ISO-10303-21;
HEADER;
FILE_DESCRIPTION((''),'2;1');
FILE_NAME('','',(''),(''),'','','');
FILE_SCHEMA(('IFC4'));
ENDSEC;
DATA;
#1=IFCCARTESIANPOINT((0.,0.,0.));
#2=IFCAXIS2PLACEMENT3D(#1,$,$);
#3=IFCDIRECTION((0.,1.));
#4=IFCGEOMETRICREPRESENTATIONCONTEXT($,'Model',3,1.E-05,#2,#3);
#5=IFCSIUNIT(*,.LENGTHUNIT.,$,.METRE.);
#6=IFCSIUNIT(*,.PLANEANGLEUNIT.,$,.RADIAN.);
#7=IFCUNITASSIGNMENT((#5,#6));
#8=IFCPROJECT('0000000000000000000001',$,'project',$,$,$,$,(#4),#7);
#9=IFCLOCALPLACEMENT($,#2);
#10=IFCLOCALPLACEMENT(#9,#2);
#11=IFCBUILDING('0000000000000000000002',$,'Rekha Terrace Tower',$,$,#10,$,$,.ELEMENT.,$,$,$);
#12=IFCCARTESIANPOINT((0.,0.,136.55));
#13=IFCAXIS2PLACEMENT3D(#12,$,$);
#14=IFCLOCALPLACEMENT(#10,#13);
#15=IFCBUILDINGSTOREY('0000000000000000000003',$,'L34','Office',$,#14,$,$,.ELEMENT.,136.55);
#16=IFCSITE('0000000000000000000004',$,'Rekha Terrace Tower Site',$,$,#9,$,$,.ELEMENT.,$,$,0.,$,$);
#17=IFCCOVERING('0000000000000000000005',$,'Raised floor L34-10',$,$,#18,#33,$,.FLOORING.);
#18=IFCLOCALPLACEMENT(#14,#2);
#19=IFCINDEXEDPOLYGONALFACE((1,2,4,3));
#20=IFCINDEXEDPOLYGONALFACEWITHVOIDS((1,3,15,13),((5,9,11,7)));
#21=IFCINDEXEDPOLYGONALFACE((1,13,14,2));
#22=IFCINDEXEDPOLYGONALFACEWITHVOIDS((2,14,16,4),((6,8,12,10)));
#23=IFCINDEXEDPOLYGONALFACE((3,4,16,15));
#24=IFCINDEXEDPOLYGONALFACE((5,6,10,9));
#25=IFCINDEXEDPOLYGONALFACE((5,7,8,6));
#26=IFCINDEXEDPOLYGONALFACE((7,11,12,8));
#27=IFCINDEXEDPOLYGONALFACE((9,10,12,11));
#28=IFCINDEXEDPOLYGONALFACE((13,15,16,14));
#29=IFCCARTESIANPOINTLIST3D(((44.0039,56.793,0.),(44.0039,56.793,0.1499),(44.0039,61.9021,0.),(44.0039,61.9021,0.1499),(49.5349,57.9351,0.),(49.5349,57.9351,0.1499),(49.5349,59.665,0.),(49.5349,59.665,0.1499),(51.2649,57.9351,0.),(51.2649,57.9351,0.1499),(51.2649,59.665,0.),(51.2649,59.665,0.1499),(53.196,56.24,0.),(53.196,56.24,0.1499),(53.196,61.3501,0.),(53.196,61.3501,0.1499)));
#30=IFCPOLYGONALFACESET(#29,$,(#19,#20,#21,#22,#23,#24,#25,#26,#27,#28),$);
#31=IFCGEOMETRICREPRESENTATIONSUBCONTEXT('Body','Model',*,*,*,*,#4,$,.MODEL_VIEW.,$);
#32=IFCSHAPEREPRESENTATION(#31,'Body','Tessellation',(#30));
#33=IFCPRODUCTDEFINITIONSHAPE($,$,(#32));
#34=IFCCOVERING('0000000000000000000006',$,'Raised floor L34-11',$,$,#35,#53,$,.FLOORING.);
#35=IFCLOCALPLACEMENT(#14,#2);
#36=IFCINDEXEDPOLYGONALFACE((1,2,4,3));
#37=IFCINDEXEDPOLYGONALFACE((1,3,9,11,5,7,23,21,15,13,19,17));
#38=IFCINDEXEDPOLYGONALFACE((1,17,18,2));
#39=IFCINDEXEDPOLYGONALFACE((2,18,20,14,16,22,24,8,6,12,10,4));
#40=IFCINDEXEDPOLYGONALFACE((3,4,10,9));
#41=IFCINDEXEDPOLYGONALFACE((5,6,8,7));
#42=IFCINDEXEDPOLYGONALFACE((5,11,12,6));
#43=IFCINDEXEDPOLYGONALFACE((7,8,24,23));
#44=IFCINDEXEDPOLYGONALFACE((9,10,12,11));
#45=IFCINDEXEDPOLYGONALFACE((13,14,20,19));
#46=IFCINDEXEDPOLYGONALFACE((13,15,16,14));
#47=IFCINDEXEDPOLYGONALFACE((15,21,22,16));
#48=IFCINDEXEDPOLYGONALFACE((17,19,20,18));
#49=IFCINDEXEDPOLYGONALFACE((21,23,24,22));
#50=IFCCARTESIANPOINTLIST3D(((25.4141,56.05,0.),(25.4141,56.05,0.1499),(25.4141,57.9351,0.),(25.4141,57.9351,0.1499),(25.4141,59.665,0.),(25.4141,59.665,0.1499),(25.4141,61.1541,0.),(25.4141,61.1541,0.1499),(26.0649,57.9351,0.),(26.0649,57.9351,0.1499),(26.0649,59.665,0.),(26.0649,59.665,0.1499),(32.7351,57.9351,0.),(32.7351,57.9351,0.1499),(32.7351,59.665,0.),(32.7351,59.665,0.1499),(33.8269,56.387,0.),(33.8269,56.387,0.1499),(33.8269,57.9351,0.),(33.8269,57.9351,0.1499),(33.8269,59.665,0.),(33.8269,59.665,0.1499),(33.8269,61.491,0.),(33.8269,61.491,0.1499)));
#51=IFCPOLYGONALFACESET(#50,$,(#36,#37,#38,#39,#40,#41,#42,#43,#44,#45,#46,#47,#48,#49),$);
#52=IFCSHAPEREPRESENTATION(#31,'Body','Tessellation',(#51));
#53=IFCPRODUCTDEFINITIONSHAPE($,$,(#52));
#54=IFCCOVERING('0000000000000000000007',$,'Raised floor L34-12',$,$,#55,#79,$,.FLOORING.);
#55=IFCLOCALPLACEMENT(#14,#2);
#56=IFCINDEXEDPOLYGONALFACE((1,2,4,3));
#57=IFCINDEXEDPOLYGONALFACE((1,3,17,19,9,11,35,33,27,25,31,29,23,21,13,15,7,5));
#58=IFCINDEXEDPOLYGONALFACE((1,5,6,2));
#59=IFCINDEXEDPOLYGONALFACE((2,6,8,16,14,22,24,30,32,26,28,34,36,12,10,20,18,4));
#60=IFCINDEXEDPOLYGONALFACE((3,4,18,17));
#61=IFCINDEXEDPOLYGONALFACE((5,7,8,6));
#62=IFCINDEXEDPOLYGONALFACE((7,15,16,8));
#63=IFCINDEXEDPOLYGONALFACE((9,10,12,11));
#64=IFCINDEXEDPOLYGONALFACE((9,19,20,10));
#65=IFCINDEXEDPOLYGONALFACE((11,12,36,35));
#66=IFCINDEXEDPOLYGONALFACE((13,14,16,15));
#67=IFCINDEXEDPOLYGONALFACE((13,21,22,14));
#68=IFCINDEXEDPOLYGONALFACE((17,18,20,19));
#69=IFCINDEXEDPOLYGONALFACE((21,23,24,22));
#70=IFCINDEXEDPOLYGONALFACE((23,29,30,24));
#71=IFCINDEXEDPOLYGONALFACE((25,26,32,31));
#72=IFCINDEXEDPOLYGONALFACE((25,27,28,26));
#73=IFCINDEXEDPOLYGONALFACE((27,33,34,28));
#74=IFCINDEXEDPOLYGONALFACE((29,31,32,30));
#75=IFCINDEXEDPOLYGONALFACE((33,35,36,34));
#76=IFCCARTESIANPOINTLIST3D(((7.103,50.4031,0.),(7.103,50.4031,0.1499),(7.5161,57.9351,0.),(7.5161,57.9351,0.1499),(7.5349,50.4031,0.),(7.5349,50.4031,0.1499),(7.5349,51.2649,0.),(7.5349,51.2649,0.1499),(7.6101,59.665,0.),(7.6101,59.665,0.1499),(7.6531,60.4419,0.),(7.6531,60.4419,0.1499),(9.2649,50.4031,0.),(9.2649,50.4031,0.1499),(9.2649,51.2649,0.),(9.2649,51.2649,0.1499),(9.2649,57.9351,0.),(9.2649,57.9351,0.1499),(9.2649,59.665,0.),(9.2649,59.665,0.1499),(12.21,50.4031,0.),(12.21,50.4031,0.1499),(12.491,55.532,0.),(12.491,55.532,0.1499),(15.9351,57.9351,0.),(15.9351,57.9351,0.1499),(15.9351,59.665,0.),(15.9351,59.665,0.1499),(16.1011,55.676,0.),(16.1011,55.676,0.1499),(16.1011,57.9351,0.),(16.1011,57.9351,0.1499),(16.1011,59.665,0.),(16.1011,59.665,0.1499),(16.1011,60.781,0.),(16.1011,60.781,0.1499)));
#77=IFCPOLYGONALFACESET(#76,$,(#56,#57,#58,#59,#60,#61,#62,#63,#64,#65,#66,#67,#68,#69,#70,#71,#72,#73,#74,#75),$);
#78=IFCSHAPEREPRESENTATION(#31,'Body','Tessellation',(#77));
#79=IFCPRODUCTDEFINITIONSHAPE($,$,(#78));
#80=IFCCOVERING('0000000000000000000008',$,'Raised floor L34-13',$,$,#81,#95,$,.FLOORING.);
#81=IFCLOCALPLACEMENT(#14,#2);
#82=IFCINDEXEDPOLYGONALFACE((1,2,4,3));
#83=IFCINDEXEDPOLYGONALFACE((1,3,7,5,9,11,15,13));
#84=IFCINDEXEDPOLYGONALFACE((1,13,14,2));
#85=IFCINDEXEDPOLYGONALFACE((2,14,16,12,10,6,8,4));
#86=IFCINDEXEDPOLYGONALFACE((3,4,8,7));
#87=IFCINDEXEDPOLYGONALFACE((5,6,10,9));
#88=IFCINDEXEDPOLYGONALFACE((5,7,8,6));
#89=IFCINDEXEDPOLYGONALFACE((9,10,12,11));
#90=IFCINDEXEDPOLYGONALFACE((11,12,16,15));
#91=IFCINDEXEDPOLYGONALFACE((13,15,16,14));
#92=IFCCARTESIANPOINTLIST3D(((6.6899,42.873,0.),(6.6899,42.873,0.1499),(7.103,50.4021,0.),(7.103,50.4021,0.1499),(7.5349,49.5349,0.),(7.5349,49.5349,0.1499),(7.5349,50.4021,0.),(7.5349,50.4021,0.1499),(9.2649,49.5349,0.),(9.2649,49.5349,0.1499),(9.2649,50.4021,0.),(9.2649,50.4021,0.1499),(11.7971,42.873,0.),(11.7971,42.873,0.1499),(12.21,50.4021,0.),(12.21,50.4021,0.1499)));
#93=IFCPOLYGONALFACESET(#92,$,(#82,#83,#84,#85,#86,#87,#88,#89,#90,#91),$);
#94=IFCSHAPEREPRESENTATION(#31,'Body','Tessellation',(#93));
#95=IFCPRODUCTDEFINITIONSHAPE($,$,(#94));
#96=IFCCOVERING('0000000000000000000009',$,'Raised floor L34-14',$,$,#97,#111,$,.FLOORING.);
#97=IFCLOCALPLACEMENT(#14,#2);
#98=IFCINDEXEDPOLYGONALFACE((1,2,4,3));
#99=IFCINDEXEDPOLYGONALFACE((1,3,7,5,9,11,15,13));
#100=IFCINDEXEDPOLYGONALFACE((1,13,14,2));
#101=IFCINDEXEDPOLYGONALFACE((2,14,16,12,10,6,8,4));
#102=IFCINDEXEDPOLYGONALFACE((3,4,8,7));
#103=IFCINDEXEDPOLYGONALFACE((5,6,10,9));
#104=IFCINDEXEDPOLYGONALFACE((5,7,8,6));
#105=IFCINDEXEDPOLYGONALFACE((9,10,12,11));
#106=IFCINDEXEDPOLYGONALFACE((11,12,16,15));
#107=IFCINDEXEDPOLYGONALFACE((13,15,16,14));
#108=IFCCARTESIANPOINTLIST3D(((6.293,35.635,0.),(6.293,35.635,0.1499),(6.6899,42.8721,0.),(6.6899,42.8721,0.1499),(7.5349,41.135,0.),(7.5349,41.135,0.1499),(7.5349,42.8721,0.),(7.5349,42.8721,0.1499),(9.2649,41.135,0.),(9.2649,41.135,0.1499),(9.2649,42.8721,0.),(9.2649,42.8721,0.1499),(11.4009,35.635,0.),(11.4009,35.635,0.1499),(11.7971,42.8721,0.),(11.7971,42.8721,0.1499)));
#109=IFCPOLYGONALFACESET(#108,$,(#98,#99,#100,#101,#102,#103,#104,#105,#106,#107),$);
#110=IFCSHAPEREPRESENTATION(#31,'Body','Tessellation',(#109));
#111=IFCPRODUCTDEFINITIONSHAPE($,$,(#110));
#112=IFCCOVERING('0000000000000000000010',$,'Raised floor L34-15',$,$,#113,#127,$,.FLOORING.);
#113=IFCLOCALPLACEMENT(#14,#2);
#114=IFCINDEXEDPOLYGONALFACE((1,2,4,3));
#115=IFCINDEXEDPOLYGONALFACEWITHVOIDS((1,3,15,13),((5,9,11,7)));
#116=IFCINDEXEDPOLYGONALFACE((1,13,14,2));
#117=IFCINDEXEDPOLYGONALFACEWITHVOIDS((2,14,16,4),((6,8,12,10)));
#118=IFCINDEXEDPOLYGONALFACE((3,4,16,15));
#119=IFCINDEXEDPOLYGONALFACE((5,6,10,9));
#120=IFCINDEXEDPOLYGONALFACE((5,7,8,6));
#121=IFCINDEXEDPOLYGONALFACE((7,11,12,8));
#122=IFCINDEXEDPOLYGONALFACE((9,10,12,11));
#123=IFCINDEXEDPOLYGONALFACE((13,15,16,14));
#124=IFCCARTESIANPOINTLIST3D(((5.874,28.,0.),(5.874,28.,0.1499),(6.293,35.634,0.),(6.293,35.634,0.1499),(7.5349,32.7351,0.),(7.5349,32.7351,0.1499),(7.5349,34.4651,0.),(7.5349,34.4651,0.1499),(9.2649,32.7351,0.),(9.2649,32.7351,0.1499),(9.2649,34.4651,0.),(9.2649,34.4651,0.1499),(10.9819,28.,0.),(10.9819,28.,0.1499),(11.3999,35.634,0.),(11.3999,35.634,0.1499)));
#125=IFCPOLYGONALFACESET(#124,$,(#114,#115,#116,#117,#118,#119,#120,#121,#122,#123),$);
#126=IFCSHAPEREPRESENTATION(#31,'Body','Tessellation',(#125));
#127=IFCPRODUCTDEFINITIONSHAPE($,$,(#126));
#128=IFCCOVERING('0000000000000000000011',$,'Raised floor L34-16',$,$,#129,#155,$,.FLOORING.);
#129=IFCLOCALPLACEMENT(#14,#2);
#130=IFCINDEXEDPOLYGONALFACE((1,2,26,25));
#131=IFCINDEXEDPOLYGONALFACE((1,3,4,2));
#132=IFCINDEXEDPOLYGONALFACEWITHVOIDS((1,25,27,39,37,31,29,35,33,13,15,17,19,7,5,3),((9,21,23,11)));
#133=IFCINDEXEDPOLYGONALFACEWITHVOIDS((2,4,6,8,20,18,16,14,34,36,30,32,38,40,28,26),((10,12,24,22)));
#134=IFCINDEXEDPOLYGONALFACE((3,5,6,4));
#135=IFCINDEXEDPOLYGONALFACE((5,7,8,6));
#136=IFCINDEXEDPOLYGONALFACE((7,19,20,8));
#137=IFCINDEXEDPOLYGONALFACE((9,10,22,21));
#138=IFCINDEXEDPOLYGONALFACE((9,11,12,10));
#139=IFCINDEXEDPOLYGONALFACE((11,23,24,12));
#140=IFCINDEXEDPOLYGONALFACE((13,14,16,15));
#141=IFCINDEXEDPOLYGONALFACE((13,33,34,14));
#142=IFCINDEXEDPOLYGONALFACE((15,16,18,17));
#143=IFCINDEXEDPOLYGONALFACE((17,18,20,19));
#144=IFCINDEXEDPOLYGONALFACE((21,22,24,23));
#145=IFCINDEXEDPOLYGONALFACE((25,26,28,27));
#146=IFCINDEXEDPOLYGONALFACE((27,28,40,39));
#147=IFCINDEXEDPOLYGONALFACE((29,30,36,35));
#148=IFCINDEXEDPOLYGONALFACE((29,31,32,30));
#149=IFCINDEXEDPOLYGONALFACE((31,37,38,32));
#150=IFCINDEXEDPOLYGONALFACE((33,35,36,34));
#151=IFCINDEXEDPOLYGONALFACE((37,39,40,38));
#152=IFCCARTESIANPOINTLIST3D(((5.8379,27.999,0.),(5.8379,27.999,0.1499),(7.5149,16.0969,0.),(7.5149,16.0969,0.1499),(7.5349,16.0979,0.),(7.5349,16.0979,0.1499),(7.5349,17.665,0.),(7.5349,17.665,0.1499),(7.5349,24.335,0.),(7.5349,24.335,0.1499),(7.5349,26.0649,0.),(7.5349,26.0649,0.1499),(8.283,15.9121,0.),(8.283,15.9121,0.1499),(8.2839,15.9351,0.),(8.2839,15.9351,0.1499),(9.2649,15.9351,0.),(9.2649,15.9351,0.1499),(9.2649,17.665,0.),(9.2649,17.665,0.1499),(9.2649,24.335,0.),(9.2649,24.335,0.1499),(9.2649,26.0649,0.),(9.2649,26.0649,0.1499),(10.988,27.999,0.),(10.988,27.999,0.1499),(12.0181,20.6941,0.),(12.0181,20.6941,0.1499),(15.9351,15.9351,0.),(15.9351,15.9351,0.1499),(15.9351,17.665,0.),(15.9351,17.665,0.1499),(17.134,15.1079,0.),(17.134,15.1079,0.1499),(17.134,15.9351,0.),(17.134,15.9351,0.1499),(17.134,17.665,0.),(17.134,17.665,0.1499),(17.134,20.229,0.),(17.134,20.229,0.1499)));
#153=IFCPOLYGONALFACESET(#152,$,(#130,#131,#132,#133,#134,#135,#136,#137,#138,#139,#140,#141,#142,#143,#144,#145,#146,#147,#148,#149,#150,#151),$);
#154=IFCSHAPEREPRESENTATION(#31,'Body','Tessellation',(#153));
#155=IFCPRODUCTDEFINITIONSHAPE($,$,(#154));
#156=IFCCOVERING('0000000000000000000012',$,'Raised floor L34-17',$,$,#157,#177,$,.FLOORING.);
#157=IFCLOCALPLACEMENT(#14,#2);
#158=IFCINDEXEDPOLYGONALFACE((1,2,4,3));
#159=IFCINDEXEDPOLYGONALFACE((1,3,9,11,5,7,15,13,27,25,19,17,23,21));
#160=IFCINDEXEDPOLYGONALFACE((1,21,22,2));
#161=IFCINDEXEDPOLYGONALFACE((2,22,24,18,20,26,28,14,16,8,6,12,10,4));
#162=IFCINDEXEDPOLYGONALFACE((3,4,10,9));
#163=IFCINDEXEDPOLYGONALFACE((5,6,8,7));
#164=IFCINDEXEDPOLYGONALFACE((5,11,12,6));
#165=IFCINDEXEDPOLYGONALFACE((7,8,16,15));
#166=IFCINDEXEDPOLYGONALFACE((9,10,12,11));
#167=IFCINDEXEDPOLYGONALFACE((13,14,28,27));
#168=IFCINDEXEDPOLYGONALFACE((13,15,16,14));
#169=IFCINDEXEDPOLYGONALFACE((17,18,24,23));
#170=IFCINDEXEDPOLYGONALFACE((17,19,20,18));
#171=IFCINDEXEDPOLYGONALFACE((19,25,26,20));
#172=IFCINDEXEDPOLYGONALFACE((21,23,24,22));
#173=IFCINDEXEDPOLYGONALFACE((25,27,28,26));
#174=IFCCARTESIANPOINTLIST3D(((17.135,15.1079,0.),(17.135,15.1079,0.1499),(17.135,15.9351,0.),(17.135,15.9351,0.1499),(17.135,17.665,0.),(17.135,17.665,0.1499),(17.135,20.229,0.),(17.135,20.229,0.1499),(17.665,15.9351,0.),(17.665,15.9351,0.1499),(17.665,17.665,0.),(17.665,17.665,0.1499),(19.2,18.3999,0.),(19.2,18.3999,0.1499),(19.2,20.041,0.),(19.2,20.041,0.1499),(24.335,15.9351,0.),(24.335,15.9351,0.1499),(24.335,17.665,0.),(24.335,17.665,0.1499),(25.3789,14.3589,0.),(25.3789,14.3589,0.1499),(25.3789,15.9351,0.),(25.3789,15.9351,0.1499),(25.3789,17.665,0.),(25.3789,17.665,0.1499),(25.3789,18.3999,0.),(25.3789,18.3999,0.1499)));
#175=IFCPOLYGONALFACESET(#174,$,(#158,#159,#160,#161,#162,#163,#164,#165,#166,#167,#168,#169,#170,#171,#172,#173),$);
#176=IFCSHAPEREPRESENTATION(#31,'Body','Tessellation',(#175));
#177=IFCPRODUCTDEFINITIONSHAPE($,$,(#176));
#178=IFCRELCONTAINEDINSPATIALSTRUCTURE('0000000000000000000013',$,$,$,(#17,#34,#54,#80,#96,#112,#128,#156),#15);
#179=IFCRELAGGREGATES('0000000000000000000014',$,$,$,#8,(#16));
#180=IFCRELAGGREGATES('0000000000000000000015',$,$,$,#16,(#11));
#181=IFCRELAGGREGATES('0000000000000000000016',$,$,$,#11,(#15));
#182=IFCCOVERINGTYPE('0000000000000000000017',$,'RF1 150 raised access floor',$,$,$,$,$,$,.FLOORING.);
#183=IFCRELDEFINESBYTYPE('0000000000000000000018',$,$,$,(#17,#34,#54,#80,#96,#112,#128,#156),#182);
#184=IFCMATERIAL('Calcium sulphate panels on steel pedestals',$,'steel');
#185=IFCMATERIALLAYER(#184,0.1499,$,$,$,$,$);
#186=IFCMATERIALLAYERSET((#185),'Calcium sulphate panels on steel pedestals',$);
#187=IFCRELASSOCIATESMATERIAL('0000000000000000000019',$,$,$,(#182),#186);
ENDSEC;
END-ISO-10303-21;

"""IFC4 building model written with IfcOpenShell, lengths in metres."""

from ifc_helpers import new_model, si_unit, direction, frame, origin, place, context, subcontext, project, spatial, polyline, outline, extrude, material, layer, layer_set, type_object, element, save


model = new_model("IFC4")

# Units and contexts
model_context = context("Model", 3, precision=1e-05, world=origin(), true_north=direction((0.0, 1.0)))
body_context = subcontext(model_context, "Body", "Model", "MODEL_VIEW")
ifc_project = project(units=[si_unit("LENGTHUNIT", "METRE"), si_unit("PLANEANGLEUNIT", "RADIAN")], contexts=[model_context])

# Site, building, storey
site_placement = place(None, origin())
site = spatial("IfcSite", under=ifc_project, at=site_placement, Name="Rekha Terrace Tower Site", CompositionType="ELEMENT", RefElevation=0.0)
building_placement = place(site_placement, origin())
building = spatial("IfcBuilding", under=site, at=building_placement, Name="Rekha Terrace Tower", CompositionType="ELEMENT")
storey_placement = place(building_placement, frame((0.0, 0.0, 136.55)))
storey = spatial("IfcBuildingStorey", under=building, at=storey_placement, Name="L34", Description="Office", CompositionType="ELEMENT", Elevation=136.55)

# Coverings
ifc_material_1 = material(Name="Calcium sulphate panels on steel pedestals", Category="steel")
ifc_layer_1 = layer(ifc_material_1, 0.1499)
ifc_layer_set_1 = layer_set([ifc_layer_1], Name="Calcium sulphate panels on steel pedestals")
covering_type_1 = type_object("IfcCoveringType", Name="RF1 150 raised access floor", PredefinedType="FLOORING", material=ifc_layer_set_1)
covering_1_placement = place(storey_placement, origin())
element("IfcCovering", 1, at=covering_1_placement, inside=storey, type_object=covering_type_1, Name="Raised floor L34-10", PredefinedType="FLOORING", context=body_context, shape_type="SweptSolid", body=[
    extrude(outline(polyline([(44.0039, 56.793), (53.196, 56.24), (53.196, 61.3501), (44.0039, 61.9021), (44.0039, 56.793)]), holes=[polyline([(51.2649, 57.9351), (49.5349, 57.9351), (49.5349, 59.665), (51.2649, 59.665), (51.2649, 57.9351)])]), origin(), (0.0, 0.0, 1.0), 0.1499),
])
covering_2_placement = place(storey_placement, origin())
element("IfcCovering", 2, at=covering_2_placement, inside=storey, type_object=covering_type_1, Name="Raised floor L34-11", PredefinedType="FLOORING", context=body_context, shape_type="SweptSolid", body=[
    extrude(outline(polyline([(25.4141, 57.9351), (25.4141, 56.05), (33.8269, 56.387), (33.8269, 57.9351), (32.7351, 57.9351), (32.7351, 59.665), (33.8269, 59.665), (33.8269, 61.491), (25.4141, 61.1541), (25.4141, 59.665), (26.0649, 59.665), (26.0649, 57.9351), (25.4141, 57.9351)])), origin(), (0.0, 0.0, 1.0), 0.1499),
])
covering_3_placement = place(storey_placement, origin())
element("IfcCovering", 3, at=covering_3_placement, inside=storey, type_object=covering_type_1, Name="Raised floor L34-12", PredefinedType="FLOORING", context=body_context, shape_type="SweptSolid", body=[
    extrude(outline(polyline([(9.2649, 57.9351), (7.5161, 57.9351), (7.103, 50.4031), (7.5349, 50.4031), (7.5349, 51.2649), (9.2649, 51.2649), (9.2649, 50.4031), (12.21, 50.4031), (12.491, 55.532), (16.1011, 55.676), (16.1011, 57.9351), (15.9351, 57.9351), (15.9351, 59.665), (16.1011, 59.665), (16.1011, 60.781), (7.6531, 60.4419), (7.6101, 59.665), (9.2649, 59.665), (9.2649, 57.9351)])), origin(), (0.0, 0.0, 1.0), 0.1499),
])
covering_4_placement = place(storey_placement, origin())
element("IfcCovering", 4, at=covering_4_placement, inside=storey, type_object=covering_type_1, Name="Raised floor L34-13", PredefinedType="FLOORING", context=body_context, shape_type="SweptSolid", body=[
    extrude(outline(polyline([(6.6899, 42.873), (11.7971, 42.873), (12.21, 50.4021), (9.2649, 50.4021), (9.2649, 49.5349), (7.5349, 49.5349), (7.5349, 50.4021), (7.103, 50.4021), (6.6899, 42.873)])), origin(), (0.0, 0.0, 1.0), 0.1499),
])
covering_5_placement = place(storey_placement, origin())
element("IfcCovering", 5, at=covering_5_placement, inside=storey, type_object=covering_type_1, Name="Raised floor L34-14", PredefinedType="FLOORING", context=body_context, shape_type="SweptSolid", body=[
    extrude(outline(polyline([(9.2649, 41.135), (7.5349, 41.135), (7.5349, 42.8721), (6.6899, 42.8721), (6.293, 35.635), (11.4009, 35.635), (11.7971, 42.8721), (9.2649, 42.8721), (9.2649, 41.135)])), origin(), (0.0, 0.0, 1.0), 0.1499),
])
covering_6_placement = place(storey_placement, origin())
element("IfcCovering", 6, at=covering_6_placement, inside=storey, type_object=covering_type_1, Name="Raised floor L34-15", PredefinedType="FLOORING", context=body_context, shape_type="SweptSolid", body=[
    extrude(outline(polyline([(5.874, 28.0), (10.9819, 28.0), (11.3999, 35.634), (6.293, 35.634), (5.874, 28.0)]), holes=[polyline([(9.2649, 32.7351), (7.5349, 32.7351), (7.5349, 34.4651), (9.2649, 34.4651), (9.2649, 32.7351)])]), origin(), (0.0, 0.0, 1.0), 0.1499),
])
covering_7_placement = place(storey_placement, origin())
element("IfcCovering", 7, at=covering_7_placement, inside=storey, type_object=covering_type_1, Name="Raised floor L34-16", PredefinedType="FLOORING", context=body_context, shape_type="SweptSolid", body=[
    extrude(outline(polyline([(7.5149, 16.0969), (7.5349, 16.0979), (7.5349, 17.665), (9.2649, 17.665), (9.2649, 15.9351), (8.2839, 15.9351), (8.283, 15.9121), (17.134, 15.1079), (17.134, 15.9351), (15.9351, 15.9351), (15.9351, 17.665), (17.134, 17.665), (17.134, 20.229), (12.0181, 20.6941), (10.988, 27.999), (5.8379, 27.999), (7.5149, 16.0969)]), holes=[polyline([(9.2649, 24.335), (7.5349, 24.335), (7.5349, 26.0649), (9.2649, 26.0649), (9.2649, 24.335)])]), origin(), (0.0, 0.0, 1.0), 0.1499),
])
covering_8_placement = place(storey_placement, origin())
element("IfcCovering", 8, at=covering_8_placement, inside=storey, type_object=covering_type_1, Name="Raised floor L34-17", PredefinedType="FLOORING", context=body_context, shape_type="SweptSolid", body=[
    extrude(outline(polyline([(25.3789, 17.665), (25.3789, 18.3999), (19.2, 18.3999), (19.2, 20.041), (17.135, 20.229), (17.135, 17.665), (17.665, 17.665), (17.665, 15.9351), (17.135, 15.9351), (17.135, 15.1079), (25.3789, 14.3589), (25.3789, 15.9351), (24.335, 15.9351), (24.335, 17.665), (25.3789, 17.665)])), origin(), (0.0, 0.0, 1.0), 0.1499),
])

save(model, "model.ifc")
